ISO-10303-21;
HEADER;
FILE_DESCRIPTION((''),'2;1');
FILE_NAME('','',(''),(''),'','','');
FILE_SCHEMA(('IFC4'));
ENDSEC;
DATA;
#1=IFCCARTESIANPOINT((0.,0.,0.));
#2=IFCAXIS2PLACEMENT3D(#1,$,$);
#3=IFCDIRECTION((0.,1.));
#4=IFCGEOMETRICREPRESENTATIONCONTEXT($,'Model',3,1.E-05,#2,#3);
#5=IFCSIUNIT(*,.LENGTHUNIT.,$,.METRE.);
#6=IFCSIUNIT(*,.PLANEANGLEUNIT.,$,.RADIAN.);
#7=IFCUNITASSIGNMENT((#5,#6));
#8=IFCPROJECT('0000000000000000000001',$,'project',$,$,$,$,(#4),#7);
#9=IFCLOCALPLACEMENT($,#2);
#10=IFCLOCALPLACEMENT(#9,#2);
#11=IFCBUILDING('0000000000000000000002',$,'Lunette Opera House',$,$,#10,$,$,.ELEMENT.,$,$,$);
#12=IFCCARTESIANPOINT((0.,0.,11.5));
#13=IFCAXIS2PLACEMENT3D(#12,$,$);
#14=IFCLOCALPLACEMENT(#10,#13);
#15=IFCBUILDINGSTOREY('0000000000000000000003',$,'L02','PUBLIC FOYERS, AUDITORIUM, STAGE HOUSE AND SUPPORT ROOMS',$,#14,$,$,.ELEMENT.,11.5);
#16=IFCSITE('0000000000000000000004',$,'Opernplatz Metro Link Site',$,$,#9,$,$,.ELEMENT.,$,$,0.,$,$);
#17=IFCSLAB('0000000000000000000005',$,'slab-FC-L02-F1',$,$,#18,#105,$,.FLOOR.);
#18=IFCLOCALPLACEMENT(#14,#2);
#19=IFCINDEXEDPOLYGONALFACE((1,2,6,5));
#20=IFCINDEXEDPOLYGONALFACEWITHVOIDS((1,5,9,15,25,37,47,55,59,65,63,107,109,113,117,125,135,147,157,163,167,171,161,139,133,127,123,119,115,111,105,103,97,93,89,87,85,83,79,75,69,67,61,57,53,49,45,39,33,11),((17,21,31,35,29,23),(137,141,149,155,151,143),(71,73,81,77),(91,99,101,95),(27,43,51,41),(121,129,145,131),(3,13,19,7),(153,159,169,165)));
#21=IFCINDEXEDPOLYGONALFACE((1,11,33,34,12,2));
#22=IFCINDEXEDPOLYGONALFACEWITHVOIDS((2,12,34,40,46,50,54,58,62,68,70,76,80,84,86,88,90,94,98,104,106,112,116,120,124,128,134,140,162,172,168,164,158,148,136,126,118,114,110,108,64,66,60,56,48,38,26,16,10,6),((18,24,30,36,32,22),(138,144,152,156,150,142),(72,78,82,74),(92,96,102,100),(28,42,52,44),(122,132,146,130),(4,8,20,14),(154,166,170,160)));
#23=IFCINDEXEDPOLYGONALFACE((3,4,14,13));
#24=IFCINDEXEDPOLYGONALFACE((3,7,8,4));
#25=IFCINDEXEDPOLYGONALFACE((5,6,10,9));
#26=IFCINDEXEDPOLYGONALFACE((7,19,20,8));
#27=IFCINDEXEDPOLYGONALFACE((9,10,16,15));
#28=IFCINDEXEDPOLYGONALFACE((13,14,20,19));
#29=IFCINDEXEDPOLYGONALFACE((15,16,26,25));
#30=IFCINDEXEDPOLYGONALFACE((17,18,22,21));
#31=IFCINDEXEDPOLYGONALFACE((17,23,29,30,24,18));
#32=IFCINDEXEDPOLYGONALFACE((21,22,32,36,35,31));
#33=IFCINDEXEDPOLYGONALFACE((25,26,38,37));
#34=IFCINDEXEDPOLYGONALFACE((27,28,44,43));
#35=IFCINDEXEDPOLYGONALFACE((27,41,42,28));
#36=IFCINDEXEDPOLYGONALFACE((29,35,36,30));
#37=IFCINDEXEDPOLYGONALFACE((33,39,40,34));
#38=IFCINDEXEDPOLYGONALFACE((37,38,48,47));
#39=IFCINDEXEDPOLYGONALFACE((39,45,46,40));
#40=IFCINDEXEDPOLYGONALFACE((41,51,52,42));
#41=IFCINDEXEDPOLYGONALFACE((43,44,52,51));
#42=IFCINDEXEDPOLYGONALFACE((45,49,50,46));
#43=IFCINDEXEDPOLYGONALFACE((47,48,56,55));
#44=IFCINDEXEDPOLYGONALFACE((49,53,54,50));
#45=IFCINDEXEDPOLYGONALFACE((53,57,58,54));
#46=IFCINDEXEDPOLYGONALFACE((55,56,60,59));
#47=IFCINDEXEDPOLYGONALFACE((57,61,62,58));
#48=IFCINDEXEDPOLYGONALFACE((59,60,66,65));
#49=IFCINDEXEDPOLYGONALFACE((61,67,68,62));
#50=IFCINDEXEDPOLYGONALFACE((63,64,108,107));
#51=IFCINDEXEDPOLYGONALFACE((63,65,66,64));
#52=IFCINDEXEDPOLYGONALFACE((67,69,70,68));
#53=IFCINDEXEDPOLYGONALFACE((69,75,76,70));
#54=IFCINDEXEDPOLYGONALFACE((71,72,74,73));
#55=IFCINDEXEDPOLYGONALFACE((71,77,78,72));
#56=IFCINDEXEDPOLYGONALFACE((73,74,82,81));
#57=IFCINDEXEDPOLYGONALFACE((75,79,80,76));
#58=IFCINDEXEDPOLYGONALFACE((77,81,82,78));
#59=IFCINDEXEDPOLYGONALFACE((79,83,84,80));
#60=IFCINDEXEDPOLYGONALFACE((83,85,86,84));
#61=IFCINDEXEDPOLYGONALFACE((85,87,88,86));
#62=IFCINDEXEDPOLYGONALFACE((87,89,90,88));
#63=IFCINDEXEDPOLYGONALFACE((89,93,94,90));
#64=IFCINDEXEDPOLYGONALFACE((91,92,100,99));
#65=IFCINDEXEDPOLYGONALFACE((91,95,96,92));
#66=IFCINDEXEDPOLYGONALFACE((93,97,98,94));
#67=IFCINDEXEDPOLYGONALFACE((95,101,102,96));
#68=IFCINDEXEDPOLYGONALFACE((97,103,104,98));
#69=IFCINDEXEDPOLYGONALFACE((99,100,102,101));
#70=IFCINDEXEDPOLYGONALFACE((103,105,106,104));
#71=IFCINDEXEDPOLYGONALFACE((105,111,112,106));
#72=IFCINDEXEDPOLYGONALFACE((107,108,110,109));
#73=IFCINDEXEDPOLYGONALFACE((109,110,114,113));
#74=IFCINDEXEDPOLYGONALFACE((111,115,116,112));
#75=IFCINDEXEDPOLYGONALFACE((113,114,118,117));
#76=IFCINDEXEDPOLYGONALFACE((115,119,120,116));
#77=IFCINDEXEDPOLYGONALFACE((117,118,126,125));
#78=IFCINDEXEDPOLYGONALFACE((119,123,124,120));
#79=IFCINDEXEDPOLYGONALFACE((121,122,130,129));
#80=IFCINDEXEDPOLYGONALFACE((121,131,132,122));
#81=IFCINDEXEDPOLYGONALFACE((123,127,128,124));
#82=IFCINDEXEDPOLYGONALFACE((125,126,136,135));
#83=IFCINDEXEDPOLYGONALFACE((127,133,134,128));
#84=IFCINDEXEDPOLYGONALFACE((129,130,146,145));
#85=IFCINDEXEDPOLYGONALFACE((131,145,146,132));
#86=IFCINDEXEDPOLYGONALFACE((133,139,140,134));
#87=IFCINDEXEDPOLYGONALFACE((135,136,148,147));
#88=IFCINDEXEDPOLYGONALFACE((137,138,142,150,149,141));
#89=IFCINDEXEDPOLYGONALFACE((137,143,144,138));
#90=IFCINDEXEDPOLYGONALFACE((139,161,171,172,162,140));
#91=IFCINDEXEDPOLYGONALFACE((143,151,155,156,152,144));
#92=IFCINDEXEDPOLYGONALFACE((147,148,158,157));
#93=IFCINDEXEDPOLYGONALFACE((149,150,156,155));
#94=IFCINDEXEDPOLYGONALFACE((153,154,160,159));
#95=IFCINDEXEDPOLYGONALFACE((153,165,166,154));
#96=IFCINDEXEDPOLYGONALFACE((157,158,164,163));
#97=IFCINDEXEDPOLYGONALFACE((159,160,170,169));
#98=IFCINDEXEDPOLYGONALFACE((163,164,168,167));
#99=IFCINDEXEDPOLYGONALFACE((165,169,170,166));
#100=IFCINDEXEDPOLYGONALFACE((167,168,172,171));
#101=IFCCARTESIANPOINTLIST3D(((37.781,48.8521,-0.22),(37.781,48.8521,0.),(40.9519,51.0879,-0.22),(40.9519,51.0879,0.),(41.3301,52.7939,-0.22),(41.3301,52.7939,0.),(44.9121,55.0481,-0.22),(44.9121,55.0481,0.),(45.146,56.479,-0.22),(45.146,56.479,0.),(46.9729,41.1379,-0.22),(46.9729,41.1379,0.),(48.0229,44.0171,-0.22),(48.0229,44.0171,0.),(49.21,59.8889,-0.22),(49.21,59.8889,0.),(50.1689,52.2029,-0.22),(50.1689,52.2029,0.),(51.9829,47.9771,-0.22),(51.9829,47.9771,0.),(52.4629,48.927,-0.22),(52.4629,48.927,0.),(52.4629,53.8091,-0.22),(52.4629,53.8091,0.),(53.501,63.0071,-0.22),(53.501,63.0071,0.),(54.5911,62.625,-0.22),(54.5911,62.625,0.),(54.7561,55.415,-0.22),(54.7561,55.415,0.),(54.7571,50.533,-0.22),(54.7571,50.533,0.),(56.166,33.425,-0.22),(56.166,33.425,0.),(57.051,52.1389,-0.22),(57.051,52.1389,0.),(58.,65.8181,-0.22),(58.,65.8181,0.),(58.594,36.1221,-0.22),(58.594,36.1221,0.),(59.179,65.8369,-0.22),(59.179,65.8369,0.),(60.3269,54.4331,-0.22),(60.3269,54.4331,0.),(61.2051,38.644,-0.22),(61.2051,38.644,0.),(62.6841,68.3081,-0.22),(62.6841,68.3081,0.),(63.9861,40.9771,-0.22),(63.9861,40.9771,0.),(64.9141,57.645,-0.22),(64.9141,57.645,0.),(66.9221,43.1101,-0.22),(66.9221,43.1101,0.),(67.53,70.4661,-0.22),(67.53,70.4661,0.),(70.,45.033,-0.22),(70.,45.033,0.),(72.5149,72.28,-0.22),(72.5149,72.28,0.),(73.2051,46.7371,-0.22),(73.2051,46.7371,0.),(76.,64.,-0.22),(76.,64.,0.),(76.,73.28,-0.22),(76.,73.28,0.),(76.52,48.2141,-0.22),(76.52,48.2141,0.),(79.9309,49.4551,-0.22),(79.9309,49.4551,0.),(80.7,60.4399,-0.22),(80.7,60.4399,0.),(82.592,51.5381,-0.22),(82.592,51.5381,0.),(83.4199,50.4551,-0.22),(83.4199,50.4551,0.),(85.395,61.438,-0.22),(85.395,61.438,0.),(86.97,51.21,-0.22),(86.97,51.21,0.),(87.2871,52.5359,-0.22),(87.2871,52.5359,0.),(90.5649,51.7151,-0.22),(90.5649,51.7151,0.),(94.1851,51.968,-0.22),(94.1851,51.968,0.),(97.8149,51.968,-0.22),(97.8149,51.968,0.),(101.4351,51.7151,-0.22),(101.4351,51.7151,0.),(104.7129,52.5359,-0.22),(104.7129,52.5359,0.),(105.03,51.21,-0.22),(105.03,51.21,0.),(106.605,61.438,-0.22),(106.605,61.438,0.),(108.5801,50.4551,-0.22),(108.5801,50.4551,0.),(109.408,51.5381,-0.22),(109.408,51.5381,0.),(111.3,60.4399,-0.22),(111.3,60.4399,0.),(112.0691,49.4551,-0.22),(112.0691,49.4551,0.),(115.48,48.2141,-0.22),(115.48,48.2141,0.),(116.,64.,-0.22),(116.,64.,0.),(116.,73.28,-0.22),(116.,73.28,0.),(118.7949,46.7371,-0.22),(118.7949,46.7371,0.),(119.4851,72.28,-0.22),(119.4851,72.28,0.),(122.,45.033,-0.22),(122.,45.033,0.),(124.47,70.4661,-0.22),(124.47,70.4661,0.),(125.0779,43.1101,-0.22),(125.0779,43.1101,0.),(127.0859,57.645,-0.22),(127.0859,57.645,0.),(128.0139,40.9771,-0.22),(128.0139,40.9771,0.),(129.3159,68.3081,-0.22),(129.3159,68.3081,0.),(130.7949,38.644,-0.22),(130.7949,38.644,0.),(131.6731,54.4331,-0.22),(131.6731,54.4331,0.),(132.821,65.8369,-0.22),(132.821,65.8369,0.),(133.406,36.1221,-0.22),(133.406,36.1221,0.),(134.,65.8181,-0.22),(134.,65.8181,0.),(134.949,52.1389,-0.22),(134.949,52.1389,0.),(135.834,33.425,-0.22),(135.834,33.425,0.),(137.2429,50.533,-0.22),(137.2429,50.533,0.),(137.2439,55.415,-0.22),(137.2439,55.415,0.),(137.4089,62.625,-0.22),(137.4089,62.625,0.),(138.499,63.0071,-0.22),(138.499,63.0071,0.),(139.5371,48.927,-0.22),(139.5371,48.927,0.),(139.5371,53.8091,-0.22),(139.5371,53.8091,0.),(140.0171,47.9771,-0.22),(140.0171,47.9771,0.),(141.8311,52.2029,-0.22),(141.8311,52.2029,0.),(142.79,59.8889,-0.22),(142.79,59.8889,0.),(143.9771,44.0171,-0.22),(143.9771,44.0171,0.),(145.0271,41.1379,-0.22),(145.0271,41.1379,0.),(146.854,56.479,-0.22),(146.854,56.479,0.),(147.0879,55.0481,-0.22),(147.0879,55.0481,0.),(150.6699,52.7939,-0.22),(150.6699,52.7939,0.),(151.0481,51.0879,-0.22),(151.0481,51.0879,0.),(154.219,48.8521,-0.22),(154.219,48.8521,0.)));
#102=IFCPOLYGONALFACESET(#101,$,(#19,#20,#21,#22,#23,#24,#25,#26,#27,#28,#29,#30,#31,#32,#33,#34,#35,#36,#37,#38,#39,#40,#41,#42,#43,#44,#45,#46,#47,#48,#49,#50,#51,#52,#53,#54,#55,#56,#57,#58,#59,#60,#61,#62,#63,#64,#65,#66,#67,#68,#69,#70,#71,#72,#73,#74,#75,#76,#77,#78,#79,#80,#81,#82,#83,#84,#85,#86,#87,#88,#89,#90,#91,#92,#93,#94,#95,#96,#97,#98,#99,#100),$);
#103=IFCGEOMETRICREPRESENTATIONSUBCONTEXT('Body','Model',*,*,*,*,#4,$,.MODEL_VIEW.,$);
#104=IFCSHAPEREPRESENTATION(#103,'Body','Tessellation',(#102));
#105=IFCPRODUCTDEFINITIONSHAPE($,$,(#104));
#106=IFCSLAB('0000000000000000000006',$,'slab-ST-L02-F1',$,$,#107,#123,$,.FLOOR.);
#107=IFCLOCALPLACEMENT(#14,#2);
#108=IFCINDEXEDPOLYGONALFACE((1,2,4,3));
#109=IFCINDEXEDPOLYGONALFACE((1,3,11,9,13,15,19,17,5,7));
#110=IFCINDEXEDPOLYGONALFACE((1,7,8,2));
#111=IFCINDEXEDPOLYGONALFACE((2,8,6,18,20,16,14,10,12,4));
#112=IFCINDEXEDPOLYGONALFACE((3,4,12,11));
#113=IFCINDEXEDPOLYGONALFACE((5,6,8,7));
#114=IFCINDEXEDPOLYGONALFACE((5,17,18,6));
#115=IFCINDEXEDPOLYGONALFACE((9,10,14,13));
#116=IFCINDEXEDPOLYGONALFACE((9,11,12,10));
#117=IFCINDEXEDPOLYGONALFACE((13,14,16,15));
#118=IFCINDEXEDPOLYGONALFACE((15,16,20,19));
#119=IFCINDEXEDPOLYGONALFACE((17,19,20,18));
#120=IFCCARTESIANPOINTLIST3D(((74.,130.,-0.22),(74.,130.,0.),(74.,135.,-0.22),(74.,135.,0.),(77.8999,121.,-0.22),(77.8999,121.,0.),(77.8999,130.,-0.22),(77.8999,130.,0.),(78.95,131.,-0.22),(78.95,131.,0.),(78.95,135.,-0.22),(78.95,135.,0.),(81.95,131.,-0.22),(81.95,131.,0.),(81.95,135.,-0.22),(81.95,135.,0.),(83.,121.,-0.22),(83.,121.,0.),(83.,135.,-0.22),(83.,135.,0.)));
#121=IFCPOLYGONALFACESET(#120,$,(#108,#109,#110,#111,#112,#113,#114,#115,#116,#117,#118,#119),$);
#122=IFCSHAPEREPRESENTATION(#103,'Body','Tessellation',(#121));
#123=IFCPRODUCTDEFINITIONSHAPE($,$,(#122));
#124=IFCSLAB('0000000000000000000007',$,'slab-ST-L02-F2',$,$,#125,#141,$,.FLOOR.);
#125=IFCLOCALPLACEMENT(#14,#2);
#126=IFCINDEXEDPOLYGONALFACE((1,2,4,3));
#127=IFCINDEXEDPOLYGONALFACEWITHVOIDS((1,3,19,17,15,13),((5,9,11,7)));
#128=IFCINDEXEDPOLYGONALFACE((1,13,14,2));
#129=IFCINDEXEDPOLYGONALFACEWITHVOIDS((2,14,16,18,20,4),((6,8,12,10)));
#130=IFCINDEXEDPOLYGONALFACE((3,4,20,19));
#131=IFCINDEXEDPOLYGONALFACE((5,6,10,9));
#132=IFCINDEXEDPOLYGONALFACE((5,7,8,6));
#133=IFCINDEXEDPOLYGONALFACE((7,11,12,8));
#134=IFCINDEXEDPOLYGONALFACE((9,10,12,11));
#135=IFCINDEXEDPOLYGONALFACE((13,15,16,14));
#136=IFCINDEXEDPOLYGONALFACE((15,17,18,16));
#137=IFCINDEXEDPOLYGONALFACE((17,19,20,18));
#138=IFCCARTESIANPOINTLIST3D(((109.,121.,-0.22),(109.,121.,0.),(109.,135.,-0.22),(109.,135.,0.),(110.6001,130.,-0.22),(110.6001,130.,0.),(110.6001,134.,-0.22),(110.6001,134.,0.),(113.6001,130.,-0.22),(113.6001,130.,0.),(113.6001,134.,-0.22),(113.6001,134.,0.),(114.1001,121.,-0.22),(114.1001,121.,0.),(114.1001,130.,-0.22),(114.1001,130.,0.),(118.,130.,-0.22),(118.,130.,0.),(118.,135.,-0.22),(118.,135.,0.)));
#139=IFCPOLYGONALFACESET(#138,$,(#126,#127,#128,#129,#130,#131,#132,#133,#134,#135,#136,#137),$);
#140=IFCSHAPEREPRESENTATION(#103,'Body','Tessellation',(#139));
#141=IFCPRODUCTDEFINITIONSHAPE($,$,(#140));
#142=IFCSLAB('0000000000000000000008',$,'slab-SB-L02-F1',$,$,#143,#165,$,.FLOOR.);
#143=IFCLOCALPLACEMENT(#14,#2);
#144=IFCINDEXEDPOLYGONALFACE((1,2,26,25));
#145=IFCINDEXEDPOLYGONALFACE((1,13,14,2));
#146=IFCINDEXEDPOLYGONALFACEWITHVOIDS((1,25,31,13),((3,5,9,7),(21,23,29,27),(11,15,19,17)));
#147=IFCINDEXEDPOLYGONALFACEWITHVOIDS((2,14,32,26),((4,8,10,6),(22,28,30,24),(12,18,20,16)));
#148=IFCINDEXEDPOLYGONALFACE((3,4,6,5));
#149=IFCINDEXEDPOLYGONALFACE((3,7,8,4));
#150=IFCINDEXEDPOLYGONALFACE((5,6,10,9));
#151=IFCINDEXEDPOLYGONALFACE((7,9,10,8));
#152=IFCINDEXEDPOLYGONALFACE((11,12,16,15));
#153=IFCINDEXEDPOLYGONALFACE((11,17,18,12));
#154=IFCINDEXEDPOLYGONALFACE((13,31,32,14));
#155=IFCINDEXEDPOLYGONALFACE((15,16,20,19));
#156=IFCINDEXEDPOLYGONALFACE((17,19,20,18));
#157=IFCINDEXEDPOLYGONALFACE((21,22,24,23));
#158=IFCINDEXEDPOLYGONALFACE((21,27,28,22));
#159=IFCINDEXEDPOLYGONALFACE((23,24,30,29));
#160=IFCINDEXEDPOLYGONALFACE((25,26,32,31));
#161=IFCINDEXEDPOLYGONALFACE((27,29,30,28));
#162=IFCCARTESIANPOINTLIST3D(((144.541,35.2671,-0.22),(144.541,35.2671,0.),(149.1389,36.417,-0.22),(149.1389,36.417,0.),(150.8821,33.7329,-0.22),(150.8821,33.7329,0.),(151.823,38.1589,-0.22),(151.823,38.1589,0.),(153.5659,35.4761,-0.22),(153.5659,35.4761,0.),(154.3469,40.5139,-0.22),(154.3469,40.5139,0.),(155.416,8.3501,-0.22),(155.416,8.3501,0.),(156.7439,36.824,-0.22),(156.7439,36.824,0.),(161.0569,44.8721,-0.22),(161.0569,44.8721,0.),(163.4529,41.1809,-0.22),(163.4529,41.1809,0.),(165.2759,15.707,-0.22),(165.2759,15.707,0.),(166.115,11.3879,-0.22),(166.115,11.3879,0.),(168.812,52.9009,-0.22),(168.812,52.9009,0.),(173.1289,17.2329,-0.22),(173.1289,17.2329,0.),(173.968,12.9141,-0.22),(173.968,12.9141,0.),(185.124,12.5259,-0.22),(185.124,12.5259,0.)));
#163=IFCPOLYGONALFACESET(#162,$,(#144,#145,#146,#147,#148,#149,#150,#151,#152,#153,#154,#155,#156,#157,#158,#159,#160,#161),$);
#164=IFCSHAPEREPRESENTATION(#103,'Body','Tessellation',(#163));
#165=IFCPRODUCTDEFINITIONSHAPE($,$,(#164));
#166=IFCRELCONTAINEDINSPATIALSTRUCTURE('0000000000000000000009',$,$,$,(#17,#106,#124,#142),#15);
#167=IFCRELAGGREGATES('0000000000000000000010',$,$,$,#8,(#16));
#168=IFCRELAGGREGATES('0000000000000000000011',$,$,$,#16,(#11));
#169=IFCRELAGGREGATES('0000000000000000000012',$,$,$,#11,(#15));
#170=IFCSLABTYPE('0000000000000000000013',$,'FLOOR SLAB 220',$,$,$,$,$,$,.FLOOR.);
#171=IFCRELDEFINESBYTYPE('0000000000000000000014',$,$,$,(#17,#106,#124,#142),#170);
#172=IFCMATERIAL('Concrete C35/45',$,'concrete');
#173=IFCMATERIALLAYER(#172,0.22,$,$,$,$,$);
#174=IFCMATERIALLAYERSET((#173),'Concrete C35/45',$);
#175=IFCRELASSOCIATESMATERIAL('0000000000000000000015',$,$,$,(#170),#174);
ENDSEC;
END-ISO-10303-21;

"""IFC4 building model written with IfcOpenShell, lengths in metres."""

from ifc_helpers import new_model, si_unit, direction, frame, origin, place, context, subcontext, project, spatial, polyline, outline, extrude, material, layer, layer_set, type_object, element, save


model = new_model("IFC4")

# Units and contexts
model_context = context("Model", 3, precision=1e-05, world=origin(), true_north=direction((0.0, 1.0)))
body_context = subcontext(model_context, "Body", "Model", "MODEL_VIEW")
ifc_project = project(units=[si_unit("LENGTHUNIT", "METRE"), si_unit("PLANEANGLEUNIT", "RADIAN")], contexts=[model_context])

# Site, building, storey
site_placement = place(None, origin())
site = spatial("IfcSite", under=ifc_project, at=site_placement, Name="Opernplatz Metro Link Site", CompositionType="ELEMENT", RefElevation=0.0)
building_placement = place(site_placement, origin())
building = spatial("IfcBuilding", under=site, at=building_placement, Name="Lunette Opera House", CompositionType="ELEMENT")
storey_placement = place(building_placement, frame((0.0, 0.0, 11.5)))
storey = spatial("IfcBuildingStorey", under=building, at=storey_placement, Name="L02", Description="PUBLIC FOYERS, AUDITORIUM, STAGE HOUSE AND SUPPORT ROOMS", CompositionType="ELEMENT", Elevation=11.5)

# Slabs
ifc_material_1 = material(Name="Concrete C35/45", Category="concrete")
ifc_layer_1 = layer(ifc_material_1, 0.22)
ifc_layer_set_1 = layer_set([ifc_layer_1], Name="Concrete C35/45")
slab_type_1 = type_object("IfcSlabType", Name="FLOOR SLAB 220", PredefinedType="FLOOR", material=ifc_layer_set_1)
slab_1_placement = place(storey_placement, frame((0.0, 0.0, -0.22)))
element("IfcSlab", 1, at=slab_1_placement, inside=storey, type_object=slab_type_1, Name="slab-FC-L02-F1", PredefinedType="FLOOR", context=body_context, shape_type="SweptSolid", body=[
    extrude(outline(polyline([(130.7949, 38.644), (133.406, 36.1221), (135.834, 33.425), (145.0271, 41.1379), (154.219, 48.8521), (150.6699, 52.7939), (146.854, 56.479), (142.79, 59.8889), (138.499, 63.0071), (134.0, 65.8181), (129.3159, 68.3081), (124.47, 70.4661), (119.4851, 72.28), (116.0, 73.28), (116.0, 64.0), (76.0, 64.0), (76.0, 73.28), (72.5149, 72.28), (67.53, 70.4661), (62.6841, 68.3081), (58.0, 65.8181), (53.501, 63.0071), (49.21, 59.8889), (45.146, 56.479), (41.3301, 52.7939), (37.781, 48.8521), (46.9729, 41.1379), (56.166, 33.425), (58.594, 36.1221), (61.2051, 38.644), (63.9861, 40.9771), (66.9221, 43.1101), (70.0, 45.033), (73.2051, 46.7371), (76.52, 48.2141), (79.9309, 49.4551), (83.4199, 50.4551), (86.97, 51.21), (90.5649, 51.7151), (94.1851, 51.968), (97.8149, 51.968), (101.4351, 51.7151), (105.03, 51.21), (108.5801, 50.4551), (112.0691, 49.4551), (115.48, 48.2141), (118.7949, 46.7371), (122.0, 45.033), (125.0779, 43.1101), (128.0139, 40.9771), (130.7949, 38.644)]), holes=[polyline([(109.408, 51.5381), (104.7129, 52.5359), (106.605, 61.438), (111.3, 60.4399), (109.408, 51.5381)]), polyline([(87.2871, 52.5359), (82.592, 51.5381), (80.7, 60.4399), (85.395, 61.438), (87.2871, 52.5359)]), polyline([(44.9121, 55.0481), (51.9829, 47.9771), (48.0229, 44.0171), (40.9519, 51.0879), (44.9121, 55.0481)]), polyline([(151.0481, 51.0879), (143.9771, 44.0171), (140.0171, 47.9771), (147.0879, 55.0481), (151.0481, 51.0879)]), polyline([(50.1689, 52.2029), (52.4629, 53.8091), (54.7561, 55.415), (57.051, 52.1389), (54.7571, 50.533), (52.4629, 48.927), (50.1689, 52.2029)]), polyline([(139.5371, 48.927), (137.2429, 50.533), (134.949, 52.1389), (137.2439, 55.415), (139.5371, 53.8091), (141.8311, 52.2029), (139.5371, 48.927)]), polyline([(59.179, 65.8369), (64.9141, 57.645), (60.3269, 54.4331), (54.5911, 62.625), (59.179, 65.8369)]), polyline([(131.6731, 54.4331), (127.0859, 57.645), (132.821, 65.8369), (137.4089, 62.625), (131.6731, 54.4331)])]), origin(), (0.0, 0.0, 1.0), 0.22),
])
slab_2_placement = place(storey_placement, frame((0.0, 0.0, -0.22)))
element("IfcSlab", 2, at=slab_2_placement, inside=storey, type_object=slab_type_1, Name="slab-ST-L02-F1", PredefinedType="FLOOR", context=body_context, shape_type="SweptSolid", body=[
    extrude(outline(polyline([(78.95, 135.0), (74.0, 135.0), (74.0, 130.0), (77.8999, 130.0), (77.8999, 121.0), (83.0, 121.0), (83.0, 135.0), (81.95, 135.0), (81.95, 131.0), (78.95, 131.0), (78.95, 135.0)])), origin(), (0.0, 0.0, 1.0), 0.22),
])
slab_3_placement = place(storey_placement, frame((0.0, 0.0, -0.22)))
element("IfcSlab", 3, at=slab_3_placement, inside=storey, type_object=slab_type_1, Name="slab-ST-L02-F2", PredefinedType="FLOOR", context=body_context, shape_type="SweptSolid", body=[
    extrude(outline(polyline([(109.0, 121.0), (114.1001, 121.0), (114.1001, 130.0), (118.0, 130.0), (118.0, 135.0), (109.0, 135.0), (109.0, 121.0)]), holes=[polyline([(110.6001, 130.0), (110.6001, 134.0), (113.6001, 134.0), (113.6001, 130.0), (110.6001, 130.0)])]), origin(), (0.0, 0.0, 1.0), 0.22),
])
slab_4_placement = place(storey_placement, frame((0.0, 0.0, -0.22)))
element("IfcSlab", 4, at=slab_4_placement, inside=storey, type_object=slab_type_1, Name="slab-SB-L02-F1", PredefinedType="FLOOR", context=body_context, shape_type="SweptSolid", body=[
    extrude(outline(polyline([(185.124, 12.5259), (168.812, 52.9009), (144.541, 35.2671), (155.416, 8.3501), (185.124, 12.5259)]), holes=[polyline([(165.2759, 15.707), (173.1289, 17.2329), (173.968, 12.9141), (166.115, 11.3879), (165.2759, 15.707)]), polyline([(151.823, 38.1589), (153.5659, 35.4761), (150.8821, 33.7329), (149.1389, 36.417), (151.823, 38.1589)]), polyline([(161.0569, 44.8721), (163.4529, 41.1809), (156.7439, 36.824), (154.3469, 40.5139), (161.0569, 44.8721)])]), origin(), (0.0, 0.0, 1.0), 0.22),
])

save(model, "model.ifc")
